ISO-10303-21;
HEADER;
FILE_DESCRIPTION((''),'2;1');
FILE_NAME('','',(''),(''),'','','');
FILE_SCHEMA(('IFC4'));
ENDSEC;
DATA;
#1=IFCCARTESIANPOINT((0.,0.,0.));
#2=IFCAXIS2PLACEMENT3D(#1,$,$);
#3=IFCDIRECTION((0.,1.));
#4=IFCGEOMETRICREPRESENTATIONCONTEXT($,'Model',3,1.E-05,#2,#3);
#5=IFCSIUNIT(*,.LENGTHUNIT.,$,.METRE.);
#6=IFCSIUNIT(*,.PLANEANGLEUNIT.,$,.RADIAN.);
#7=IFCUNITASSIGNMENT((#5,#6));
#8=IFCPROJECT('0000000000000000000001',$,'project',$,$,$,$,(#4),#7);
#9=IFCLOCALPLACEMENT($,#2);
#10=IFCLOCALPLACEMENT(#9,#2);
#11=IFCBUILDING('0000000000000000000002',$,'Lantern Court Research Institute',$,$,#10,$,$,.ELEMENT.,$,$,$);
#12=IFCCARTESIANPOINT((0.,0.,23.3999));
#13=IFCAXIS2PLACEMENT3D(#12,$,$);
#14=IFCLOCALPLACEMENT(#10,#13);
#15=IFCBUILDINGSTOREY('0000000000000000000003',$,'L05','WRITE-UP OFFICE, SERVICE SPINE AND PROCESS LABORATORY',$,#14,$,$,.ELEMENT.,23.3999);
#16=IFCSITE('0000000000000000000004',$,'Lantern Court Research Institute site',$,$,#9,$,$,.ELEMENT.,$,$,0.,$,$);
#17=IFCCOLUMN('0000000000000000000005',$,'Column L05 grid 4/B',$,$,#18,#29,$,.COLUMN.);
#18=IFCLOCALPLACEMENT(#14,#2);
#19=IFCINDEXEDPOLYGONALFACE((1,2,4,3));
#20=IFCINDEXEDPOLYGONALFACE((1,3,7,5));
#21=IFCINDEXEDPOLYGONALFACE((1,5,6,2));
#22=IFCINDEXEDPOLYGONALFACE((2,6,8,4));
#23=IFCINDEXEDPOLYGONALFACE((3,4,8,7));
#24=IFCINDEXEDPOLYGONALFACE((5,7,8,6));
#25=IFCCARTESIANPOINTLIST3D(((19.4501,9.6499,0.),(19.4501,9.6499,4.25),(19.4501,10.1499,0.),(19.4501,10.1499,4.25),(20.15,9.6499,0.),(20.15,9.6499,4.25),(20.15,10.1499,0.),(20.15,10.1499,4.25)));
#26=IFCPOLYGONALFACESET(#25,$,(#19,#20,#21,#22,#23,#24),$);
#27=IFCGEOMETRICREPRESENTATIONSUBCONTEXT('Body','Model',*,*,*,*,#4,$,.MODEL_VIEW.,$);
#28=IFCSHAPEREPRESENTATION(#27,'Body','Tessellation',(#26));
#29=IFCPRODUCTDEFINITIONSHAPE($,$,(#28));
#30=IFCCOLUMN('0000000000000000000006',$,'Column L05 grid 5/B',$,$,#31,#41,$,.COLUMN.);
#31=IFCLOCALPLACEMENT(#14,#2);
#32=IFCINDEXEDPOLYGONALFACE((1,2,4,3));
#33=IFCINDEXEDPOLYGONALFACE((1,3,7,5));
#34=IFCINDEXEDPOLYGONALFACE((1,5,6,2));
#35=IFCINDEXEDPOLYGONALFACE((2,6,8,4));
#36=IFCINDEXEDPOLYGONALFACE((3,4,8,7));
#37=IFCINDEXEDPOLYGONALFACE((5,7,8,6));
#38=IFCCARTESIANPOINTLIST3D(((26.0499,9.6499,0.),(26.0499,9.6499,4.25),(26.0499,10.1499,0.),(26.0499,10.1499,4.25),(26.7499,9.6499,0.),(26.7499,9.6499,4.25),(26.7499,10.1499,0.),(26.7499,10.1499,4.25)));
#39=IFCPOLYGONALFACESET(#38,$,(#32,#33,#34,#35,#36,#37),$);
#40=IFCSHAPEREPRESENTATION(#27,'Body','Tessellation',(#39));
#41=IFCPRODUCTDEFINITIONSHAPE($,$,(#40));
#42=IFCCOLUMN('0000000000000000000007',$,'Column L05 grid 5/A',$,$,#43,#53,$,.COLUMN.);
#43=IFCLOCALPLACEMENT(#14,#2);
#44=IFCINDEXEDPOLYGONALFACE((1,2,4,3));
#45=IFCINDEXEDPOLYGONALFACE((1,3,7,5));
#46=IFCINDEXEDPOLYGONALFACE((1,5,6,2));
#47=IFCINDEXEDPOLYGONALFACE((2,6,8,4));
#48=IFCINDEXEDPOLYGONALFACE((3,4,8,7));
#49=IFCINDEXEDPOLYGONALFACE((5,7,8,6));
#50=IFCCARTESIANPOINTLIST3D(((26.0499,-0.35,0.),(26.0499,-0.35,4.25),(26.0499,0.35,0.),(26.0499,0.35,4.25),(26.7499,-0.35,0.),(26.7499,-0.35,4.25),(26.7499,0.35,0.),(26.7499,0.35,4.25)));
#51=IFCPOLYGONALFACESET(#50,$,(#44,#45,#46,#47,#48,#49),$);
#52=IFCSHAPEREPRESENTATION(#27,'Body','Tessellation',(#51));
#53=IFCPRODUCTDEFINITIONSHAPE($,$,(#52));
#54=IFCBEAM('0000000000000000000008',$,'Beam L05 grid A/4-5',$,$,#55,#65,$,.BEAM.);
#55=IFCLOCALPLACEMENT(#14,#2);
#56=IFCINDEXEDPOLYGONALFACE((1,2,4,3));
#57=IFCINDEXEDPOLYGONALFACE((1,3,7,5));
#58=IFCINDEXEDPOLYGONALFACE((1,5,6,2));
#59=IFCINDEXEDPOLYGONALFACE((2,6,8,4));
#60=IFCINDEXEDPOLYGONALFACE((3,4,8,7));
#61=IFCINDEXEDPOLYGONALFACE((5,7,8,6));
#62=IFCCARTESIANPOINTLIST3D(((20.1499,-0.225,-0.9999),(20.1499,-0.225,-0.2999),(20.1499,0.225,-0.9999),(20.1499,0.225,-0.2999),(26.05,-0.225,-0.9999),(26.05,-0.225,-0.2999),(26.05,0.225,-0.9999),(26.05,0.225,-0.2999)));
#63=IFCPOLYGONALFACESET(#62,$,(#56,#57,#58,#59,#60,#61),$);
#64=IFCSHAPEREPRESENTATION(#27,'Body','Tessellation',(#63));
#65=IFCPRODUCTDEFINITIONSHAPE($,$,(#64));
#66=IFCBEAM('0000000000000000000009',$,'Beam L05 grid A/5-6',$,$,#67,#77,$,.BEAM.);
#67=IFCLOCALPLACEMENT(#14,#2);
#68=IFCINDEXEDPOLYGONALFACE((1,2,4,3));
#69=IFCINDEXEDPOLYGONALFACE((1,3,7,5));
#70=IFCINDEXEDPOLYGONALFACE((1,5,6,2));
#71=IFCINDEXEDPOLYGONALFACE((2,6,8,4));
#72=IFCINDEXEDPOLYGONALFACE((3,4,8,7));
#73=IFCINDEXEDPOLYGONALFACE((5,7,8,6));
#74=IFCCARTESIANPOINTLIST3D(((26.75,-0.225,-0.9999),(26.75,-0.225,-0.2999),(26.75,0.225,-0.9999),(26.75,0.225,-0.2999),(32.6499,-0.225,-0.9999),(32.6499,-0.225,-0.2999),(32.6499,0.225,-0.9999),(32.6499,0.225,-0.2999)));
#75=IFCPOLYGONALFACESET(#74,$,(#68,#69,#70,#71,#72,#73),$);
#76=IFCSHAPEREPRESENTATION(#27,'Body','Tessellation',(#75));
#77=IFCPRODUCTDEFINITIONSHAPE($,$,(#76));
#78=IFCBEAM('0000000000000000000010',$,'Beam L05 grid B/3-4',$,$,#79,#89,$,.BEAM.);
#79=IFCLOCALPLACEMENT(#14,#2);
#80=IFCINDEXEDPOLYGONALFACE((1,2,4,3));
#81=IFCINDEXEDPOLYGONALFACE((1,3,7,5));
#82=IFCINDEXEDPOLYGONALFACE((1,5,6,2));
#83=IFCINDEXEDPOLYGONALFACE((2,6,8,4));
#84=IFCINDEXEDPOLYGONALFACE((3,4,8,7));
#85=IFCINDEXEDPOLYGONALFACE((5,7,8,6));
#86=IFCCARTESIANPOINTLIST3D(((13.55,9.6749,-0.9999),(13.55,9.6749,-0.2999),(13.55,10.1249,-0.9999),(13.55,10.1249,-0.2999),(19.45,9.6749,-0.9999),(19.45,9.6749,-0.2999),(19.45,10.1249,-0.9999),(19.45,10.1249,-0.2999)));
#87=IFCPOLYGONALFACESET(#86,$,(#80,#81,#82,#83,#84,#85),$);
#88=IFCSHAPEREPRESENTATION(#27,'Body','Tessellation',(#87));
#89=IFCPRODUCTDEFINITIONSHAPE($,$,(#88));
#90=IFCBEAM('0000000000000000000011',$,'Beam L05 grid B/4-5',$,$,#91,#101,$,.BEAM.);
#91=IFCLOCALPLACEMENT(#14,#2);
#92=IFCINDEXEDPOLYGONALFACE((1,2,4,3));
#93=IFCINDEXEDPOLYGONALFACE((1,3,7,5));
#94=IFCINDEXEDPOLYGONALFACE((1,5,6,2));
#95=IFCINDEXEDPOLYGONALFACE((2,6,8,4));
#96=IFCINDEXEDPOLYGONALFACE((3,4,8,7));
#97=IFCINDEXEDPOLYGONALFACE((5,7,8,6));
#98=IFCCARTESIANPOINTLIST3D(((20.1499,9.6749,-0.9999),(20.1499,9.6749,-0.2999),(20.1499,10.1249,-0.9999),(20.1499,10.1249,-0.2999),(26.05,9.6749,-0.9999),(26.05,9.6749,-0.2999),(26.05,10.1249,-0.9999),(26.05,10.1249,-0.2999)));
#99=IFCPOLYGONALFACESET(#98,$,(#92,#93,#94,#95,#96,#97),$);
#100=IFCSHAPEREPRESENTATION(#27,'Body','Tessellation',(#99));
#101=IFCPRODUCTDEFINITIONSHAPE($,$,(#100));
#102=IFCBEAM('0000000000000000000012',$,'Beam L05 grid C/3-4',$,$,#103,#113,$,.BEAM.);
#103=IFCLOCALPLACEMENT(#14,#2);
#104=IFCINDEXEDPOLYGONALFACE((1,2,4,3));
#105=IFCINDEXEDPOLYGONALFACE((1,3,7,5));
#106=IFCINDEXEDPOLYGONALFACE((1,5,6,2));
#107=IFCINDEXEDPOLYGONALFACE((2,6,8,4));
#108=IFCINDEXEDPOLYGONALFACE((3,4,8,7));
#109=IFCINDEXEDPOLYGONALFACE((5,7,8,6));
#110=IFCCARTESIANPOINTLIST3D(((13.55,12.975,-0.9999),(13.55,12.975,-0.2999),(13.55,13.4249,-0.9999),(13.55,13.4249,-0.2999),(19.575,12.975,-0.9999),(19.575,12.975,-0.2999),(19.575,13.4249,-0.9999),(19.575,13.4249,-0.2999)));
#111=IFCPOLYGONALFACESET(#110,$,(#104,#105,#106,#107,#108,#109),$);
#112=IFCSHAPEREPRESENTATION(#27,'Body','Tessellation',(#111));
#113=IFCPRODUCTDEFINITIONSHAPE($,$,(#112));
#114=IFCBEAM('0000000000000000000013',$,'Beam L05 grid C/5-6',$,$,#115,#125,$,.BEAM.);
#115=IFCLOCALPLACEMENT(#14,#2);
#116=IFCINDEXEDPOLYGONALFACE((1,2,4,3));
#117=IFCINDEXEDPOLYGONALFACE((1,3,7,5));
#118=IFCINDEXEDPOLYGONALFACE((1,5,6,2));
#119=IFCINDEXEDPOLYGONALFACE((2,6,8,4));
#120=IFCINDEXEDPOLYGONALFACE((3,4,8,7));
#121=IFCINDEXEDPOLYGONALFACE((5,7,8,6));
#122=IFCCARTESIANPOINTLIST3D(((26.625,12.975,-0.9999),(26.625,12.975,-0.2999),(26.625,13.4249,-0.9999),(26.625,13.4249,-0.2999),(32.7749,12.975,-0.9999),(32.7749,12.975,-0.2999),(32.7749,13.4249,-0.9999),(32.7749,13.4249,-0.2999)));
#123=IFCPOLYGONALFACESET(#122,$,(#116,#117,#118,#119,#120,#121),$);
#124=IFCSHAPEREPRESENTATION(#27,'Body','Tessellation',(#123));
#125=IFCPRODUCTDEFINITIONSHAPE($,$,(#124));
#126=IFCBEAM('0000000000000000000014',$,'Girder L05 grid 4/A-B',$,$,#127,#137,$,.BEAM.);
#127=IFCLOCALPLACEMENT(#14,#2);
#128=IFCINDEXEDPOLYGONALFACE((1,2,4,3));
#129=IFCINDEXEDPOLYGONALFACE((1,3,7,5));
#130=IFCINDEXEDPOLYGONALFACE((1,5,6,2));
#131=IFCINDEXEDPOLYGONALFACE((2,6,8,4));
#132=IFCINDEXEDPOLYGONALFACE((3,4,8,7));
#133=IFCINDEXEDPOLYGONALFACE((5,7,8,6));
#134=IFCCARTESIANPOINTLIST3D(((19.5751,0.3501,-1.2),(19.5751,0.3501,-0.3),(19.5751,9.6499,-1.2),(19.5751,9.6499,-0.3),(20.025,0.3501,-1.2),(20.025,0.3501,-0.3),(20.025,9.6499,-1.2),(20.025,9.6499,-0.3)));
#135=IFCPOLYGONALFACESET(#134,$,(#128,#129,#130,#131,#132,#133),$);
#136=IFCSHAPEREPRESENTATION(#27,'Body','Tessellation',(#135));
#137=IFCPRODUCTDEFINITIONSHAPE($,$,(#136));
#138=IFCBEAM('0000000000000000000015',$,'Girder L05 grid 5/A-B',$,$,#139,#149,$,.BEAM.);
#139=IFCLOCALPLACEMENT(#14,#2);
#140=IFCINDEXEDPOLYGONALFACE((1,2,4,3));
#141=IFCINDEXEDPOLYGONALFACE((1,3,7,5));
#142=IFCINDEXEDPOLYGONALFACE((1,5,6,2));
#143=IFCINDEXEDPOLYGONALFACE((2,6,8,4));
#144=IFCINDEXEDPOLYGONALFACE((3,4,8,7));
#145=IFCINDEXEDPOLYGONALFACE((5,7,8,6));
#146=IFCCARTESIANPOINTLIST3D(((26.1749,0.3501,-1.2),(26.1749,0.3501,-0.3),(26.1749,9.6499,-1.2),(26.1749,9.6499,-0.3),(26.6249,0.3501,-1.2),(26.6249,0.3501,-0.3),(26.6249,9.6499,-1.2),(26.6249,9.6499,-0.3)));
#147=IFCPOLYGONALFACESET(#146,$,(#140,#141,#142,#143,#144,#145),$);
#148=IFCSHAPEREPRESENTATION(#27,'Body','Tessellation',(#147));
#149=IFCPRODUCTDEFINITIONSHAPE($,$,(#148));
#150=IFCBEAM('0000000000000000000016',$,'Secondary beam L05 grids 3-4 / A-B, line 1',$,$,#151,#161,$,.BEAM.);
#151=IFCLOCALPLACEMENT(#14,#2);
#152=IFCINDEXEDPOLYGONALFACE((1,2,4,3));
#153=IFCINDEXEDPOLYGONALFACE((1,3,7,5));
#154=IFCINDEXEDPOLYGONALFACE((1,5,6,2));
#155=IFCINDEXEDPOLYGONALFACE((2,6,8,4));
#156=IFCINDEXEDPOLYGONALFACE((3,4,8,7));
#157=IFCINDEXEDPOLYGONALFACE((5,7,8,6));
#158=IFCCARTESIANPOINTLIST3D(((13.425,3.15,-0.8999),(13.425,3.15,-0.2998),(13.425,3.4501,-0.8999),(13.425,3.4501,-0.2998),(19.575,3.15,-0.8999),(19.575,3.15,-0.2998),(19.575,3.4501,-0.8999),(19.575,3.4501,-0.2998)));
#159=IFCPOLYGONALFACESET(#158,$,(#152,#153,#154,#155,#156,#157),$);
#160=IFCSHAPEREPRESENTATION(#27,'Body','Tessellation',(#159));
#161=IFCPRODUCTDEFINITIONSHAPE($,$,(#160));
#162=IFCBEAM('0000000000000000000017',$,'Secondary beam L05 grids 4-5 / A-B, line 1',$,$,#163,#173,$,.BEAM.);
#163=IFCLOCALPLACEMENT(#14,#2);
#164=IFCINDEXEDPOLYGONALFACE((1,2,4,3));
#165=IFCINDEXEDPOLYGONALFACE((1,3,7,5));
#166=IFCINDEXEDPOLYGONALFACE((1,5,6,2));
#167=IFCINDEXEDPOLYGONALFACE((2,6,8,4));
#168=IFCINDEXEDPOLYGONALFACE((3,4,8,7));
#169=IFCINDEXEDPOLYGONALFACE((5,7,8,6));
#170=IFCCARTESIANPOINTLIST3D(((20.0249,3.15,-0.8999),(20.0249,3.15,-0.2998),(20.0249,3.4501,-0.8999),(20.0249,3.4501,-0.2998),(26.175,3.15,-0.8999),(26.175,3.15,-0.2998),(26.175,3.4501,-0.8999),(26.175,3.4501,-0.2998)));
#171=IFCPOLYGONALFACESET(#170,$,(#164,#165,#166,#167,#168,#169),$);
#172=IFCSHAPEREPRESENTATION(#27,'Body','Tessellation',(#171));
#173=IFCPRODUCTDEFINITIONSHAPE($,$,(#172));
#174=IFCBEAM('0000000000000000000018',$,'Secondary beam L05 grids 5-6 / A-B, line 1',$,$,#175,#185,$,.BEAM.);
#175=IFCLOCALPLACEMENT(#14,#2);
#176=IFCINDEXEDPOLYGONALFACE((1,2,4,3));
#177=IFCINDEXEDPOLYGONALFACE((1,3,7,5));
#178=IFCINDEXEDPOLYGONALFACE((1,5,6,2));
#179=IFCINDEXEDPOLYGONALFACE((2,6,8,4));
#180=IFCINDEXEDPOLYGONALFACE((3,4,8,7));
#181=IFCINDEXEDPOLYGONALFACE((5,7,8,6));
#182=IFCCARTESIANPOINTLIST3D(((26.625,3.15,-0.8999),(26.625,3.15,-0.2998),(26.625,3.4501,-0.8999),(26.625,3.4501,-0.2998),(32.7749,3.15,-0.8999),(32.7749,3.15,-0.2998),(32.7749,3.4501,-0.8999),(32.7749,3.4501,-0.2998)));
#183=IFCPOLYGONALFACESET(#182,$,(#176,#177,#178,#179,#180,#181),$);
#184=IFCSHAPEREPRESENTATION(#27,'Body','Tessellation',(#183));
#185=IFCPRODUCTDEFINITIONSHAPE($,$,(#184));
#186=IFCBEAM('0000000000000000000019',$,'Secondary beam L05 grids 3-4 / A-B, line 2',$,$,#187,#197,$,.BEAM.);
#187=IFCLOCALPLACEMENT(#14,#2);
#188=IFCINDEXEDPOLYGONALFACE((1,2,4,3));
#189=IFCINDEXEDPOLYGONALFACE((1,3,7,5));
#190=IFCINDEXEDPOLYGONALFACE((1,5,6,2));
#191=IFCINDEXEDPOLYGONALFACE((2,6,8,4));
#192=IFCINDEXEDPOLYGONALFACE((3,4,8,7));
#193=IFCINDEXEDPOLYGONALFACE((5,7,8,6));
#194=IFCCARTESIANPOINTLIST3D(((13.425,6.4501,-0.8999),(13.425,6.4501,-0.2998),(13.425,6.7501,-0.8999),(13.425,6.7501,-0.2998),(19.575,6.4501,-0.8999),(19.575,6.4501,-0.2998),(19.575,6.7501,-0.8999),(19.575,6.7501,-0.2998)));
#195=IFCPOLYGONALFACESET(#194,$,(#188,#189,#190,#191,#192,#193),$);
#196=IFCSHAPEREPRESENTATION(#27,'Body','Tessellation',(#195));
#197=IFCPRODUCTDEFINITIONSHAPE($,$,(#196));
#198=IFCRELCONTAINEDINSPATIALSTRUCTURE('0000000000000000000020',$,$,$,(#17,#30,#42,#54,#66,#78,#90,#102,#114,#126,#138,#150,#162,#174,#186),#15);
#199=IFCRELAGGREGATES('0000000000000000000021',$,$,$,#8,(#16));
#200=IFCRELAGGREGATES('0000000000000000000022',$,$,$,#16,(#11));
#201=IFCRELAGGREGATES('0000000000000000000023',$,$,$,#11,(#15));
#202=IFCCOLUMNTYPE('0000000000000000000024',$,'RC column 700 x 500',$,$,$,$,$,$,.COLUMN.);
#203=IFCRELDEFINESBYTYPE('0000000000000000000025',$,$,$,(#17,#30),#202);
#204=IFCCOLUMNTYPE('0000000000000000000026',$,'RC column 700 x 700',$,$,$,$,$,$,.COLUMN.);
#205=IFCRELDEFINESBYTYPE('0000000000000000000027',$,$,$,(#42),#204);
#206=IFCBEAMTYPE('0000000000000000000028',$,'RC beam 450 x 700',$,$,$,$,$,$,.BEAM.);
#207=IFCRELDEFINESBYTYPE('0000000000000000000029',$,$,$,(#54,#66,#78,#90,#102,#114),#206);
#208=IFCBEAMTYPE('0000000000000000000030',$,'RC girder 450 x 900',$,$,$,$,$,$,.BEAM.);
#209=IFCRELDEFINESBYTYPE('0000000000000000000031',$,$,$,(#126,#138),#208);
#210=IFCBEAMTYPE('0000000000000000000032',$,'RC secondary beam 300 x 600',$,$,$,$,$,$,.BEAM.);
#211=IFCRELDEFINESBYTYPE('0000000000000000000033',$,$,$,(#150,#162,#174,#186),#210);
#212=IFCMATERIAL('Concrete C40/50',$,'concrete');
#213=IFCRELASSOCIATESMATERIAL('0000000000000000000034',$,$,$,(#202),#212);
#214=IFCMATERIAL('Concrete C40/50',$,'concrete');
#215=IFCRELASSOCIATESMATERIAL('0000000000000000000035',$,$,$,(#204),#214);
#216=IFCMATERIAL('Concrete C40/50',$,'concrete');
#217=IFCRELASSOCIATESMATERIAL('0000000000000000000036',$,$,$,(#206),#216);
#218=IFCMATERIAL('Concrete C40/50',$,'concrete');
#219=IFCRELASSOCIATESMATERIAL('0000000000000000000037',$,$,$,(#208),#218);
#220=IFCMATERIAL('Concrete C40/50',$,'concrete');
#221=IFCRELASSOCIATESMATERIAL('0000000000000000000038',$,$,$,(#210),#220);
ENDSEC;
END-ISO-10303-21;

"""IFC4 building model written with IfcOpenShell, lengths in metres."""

from ifc_helpers import new_model, si_unit, direction, frame, origin, origin_2d, place, context, subcontext, project, spatial, rectangle, extrude, material, material_profile, profile_set, type_object, element, save


model = new_model("IFC4")

# Units and contexts
model_context = context("Model", 3, precision=1e-05, world=origin(), true_north=direction((0.0, 1.0)))
body_context = subcontext(model_context, "Body", "Model", "MODEL_VIEW")
ifc_project = project(units=[si_unit("LENGTHUNIT", "METRE"), si_unit("PLANEANGLEUNIT", "RADIAN")], contexts=[model_context])

# Site, building, storey
site_placement = place(None, origin())
site = spatial("IfcSite", under=ifc_project, at=site_placement, Name="Lantern Court Research Institute site", CompositionType="ELEMENT", RefElevation=0.0)
building_placement = place(site_placement, origin())
building = spatial("IfcBuilding", under=site, at=building_placement, Name="Lantern Court Research Institute", CompositionType="ELEMENT")
storey_placement = place(building_placement, frame((0.0, 0.0, 23.3999)))
storey = spatial("IfcBuildingStorey", under=building, at=storey_placement, Name="L05", Description="WRITE-UP OFFICE, SERVICE SPINE AND PROCESS LABORATORY", CompositionType="ELEMENT", Elevation=23.3999)

# Columns
ifc_material_1 = material(Name="Concrete C40/50", Category="concrete")
ifc_material_profile_1 = material_profile(ifc_material_1, rectangle(XDim=0.7, YDim=0.5, at=origin_2d()), Name="RC column 700 x 500")
ifc_profile_set_1 = profile_set([ifc_material_profile_1], Name="Concrete C40/50")
column_type_1 = type_object("IfcColumnType", Name="RC column 700 x 500", PredefinedType="COLUMN", material=ifc_profile_set_1)
for number, where, z_axis, x_axis, name in (
    (1, (19.8, 9.8999, 0.0), (0.0, 0.0, 1.0), (1.0, 0.0, 0.0), "Column L05 grid 4/B"),
    (2, (26.3999, 9.8999, 0.0), (0.0, 0.0, 1.0), (1.0, 0.0, 0.0), "Column L05 grid 5/B"),
):
    element("IfcColumn", number, at=place(storey_placement, frame(where, z_axis=z_axis, x_axis=x_axis)), inside=storey, type_object=column_type_1, Name=name, PredefinedType="COLUMN", context=body_context, shape_type="SweptSolid", body=[
        extrude(rectangle(XDim=0.7, YDim=0.5, at=origin_2d()), origin(), (0.0, 0.0, 1.0), 4.25),
    ])
ifc_material_2 = material(Name="Concrete C40/50", Category="concrete")
ifc_material_profile_2 = material_profile(ifc_material_2, rectangle(XDim=0.7, YDim=0.7, at=origin_2d()), Name="RC column 700 x 700")
ifc_profile_set_2 = profile_set([ifc_material_profile_2], Name="Concrete C40/50")
column_type_2 = type_object("IfcColumnType", Name="RC column 700 x 700", PredefinedType="COLUMN", material=ifc_profile_set_2)
column_placement = place(storey_placement, frame((26.3999, 0.0, 0.0), z_axis=(0.0, 0.0, 1.0), x_axis=(1.0, 0.0, 0.0)))
element("IfcColumn", 3, at=column_placement, inside=storey, type_object=column_type_2, Name="Column L05 grid 5/A", PredefinedType="COLUMN", context=body_context, shape_type="SweptSolid", body=[
    extrude(rectangle(XDim=0.7, YDim=0.7, at=origin_2d()), origin(), (0.0, 0.0, 1.0), 4.25),
])

# Beams
ifc_material_3 = material(Name="Concrete C40/50", Category="concrete")
ifc_material_profile_3 = material_profile(ifc_material_3, rectangle(XDim=0.45, YDim=0.7, at=origin_2d()), Name="RC beam 450 x 700")
ifc_profile_set_3 = profile_set([ifc_material_profile_3], Name="Concrete C40/50")
beam_type_1 = type_object("IfcBeamType", Name="RC beam 450 x 700", PredefinedType="BEAM", material=ifc_profile_set_3)
beam_1_placement = place(storey_placement, frame((20.1499, 0.0, -0.6499), z_axis=(1.0, 0.0, 0.0), x_axis=(0.0, 1.0, 0.0)))
element("IfcBeam", 4, at=beam_1_placement, inside=storey, type_object=beam_type_1, Name="Beam L05 grid A/4-5", PredefinedType="BEAM", context=body_context, shape_type="SweptSolid", body=[
    extrude(rectangle(XDim=0.45, YDim=0.7, at=origin_2d()), origin(), (0.0, 0.0, 1.0), 5.9001),
])
for number, where, z_axis, x_axis, name in (
    (5, (26.75, 0.0, -0.6499), (1.0, 0.0, 0.0), (0.0, 1.0, 0.0), "Beam L05 grid A/5-6"),
    (6, (13.55, 9.8999, -0.6499), (1.0, 0.0, 0.0), (0.0, 1.0, 0.0), "Beam L05 grid B/3-4"),
):
    element("IfcBeam", number, at=place(storey_placement, frame(where, z_axis=z_axis, x_axis=x_axis)), inside=storey, type_object=beam_type_1, Name=name, PredefinedType="BEAM", context=body_context, shape_type="SweptSolid", body=[
        extrude(rectangle(XDim=0.45, YDim=0.7, at=origin_2d()), origin(), (0.0, 0.0, 1.0), 5.8999),
    ])
beam_2_placement = place(storey_placement, frame((20.1499, 9.8999, -0.6499), z_axis=(1.0, 0.0, 0.0), x_axis=(0.0, 1.0, 0.0)))
element("IfcBeam", 7, at=beam_2_placement, inside=storey, type_object=beam_type_1, Name="Beam L05 grid B/4-5", PredefinedType="BEAM", context=body_context, shape_type="SweptSolid", body=[
    extrude(rectangle(XDim=0.45, YDim=0.7, at=origin_2d()), origin(), (0.0, 0.0, 1.0), 5.9001),
])
beam_3_placement = place(storey_placement, frame((13.55, 13.2, -0.6499), z_axis=(1.0, 0.0, 0.0), x_axis=(0.0, 1.0, 0.0)))
element("IfcBeam", 8, at=beam_3_placement, inside=storey, type_object=beam_type_1, Name="Beam L05 grid C/3-4", PredefinedType="BEAM", context=body_context, shape_type="SweptSolid", body=[
    extrude(rectangle(XDim=0.45, YDim=0.7, at=origin_2d()), origin(), (0.0, 0.0, 1.0), 6.0249),
])
beam_4_placement = place(storey_placement, frame((26.625, 13.2, -0.6499), z_axis=(1.0, 0.0, 0.0), x_axis=(0.0, 1.0, 0.0)))
element("IfcBeam", 9, at=beam_4_placement, inside=storey, type_object=beam_type_1, Name="Beam L05 grid C/5-6", PredefinedType="BEAM", context=body_context, shape_type="SweptSolid", body=[
    extrude(rectangle(XDim=0.45, YDim=0.7, at=origin_2d()), origin(), (0.0, 0.0, 1.0), 6.1499),
])
ifc_material_4 = material(Name="Concrete C40/50", Category="concrete")
ifc_material_profile_4 = material_profile(ifc_material_4, rectangle(XDim=0.45, YDim=0.8999, at=origin_2d()), Name="RC beam 450 x 900")
ifc_profile_set_4 = profile_set([ifc_material_profile_4], Name="Concrete C40/50")
beam_type_2 = type_object("IfcBeamType", Name="RC girder 450 x 900", PredefinedType="BEAM", material=ifc_profile_set_4)
for number, where, z_axis, x_axis, name in (
    (10, (19.8, 0.3501, -0.75), (0.0, 1.0, 0.0), (-1.0, 0.0, 0.0), "Girder L05 grid 4/A-B"),
    (11, (26.3999, 0.3501, -0.75), (0.0, 1.0, 0.0), (-1.0, 0.0, 0.0), "Girder L05 grid 5/A-B"),
):
    element("IfcBeam", number, at=place(storey_placement, frame(where, z_axis=z_axis, x_axis=x_axis)), inside=storey, type_object=beam_type_2, Name=name, PredefinedType="BEAM", context=body_context, shape_type="SweptSolid", body=[
        extrude(rectangle(XDim=0.45, YDim=0.8999, at=origin_2d()), origin(), (0.0, 0.0, 1.0), 9.2998),
    ])
ifc_material_5 = material(Name="Concrete C40/50", Category="concrete")
ifc_material_profile_5 = material_profile(ifc_material_5, rectangle(XDim=0.3, YDim=0.6001, at=origin_2d()), Name="RC beam 300 x 600")
ifc_profile_set_5 = profile_set([ifc_material_profile_5], Name="Concrete C40/50")
beam_type_3 = type_object("IfcBeamType", Name="RC secondary beam 300 x 600", PredefinedType="BEAM", material=ifc_profile_set_5)
beam_5_placement = place(storey_placement, frame((13.425, 3.3, -0.5999), z_axis=(1.0, 0.0, 0.0), x_axis=(0.0, 1.0, 0.0)))
element("IfcBeam", 12, at=beam_5_placement, inside=storey, type_object=beam_type_3, Name="Secondary beam L05 grids 3-4 / A-B, line 1", PredefinedType="BEAM", context=body_context, shape_type="SweptSolid", body=[
    extrude(rectangle(XDim=0.3, YDim=0.6001, at=origin_2d()), origin(), (0.0, 0.0, 1.0), 6.1499),
])
beam_6_placement = place(storey_placement, frame((20.0249, 3.3, -0.5999), z_axis=(1.0, 0.0, 0.0), x_axis=(0.0, 1.0, 0.0)))
element("IfcBeam", 13, at=beam_6_placement, inside=storey, type_object=beam_type_3, Name="Secondary beam L05 grids 4-5 / A-B, line 1", PredefinedType="BEAM", context=body_context, shape_type="SweptSolid", body=[
    extrude(rectangle(XDim=0.3, YDim=0.6001, at=origin_2d()), origin(), (0.0, 0.0, 1.0), 6.1501),
])
for number, where, z_axis, x_axis, name in (
    (14, (26.625, 3.3, -0.5999), (1.0, 0.0, 0.0), (0.0, 1.0, 0.0), "Secondary beam L05 grids 5-6 / A-B, line 1"),
    (15, (13.425, 6.6001, -0.5999), (1.0, 0.0, 0.0), (0.0, 1.0, 0.0), "Secondary beam L05 grids 3-4 / A-B, line 2"),
):
    element("IfcBeam", number, at=place(storey_placement, frame(where, z_axis=z_axis, x_axis=x_axis)), inside=storey, type_object=beam_type_3, Name=name, PredefinedType="BEAM", context=body_context, shape_type="SweptSolid", body=[
        extrude(rectangle(XDim=0.3, YDim=0.6001, at=origin_2d()), origin(), (0.0, 0.0, 1.0), 6.1499),
    ])

save(model, "model.ifc")
